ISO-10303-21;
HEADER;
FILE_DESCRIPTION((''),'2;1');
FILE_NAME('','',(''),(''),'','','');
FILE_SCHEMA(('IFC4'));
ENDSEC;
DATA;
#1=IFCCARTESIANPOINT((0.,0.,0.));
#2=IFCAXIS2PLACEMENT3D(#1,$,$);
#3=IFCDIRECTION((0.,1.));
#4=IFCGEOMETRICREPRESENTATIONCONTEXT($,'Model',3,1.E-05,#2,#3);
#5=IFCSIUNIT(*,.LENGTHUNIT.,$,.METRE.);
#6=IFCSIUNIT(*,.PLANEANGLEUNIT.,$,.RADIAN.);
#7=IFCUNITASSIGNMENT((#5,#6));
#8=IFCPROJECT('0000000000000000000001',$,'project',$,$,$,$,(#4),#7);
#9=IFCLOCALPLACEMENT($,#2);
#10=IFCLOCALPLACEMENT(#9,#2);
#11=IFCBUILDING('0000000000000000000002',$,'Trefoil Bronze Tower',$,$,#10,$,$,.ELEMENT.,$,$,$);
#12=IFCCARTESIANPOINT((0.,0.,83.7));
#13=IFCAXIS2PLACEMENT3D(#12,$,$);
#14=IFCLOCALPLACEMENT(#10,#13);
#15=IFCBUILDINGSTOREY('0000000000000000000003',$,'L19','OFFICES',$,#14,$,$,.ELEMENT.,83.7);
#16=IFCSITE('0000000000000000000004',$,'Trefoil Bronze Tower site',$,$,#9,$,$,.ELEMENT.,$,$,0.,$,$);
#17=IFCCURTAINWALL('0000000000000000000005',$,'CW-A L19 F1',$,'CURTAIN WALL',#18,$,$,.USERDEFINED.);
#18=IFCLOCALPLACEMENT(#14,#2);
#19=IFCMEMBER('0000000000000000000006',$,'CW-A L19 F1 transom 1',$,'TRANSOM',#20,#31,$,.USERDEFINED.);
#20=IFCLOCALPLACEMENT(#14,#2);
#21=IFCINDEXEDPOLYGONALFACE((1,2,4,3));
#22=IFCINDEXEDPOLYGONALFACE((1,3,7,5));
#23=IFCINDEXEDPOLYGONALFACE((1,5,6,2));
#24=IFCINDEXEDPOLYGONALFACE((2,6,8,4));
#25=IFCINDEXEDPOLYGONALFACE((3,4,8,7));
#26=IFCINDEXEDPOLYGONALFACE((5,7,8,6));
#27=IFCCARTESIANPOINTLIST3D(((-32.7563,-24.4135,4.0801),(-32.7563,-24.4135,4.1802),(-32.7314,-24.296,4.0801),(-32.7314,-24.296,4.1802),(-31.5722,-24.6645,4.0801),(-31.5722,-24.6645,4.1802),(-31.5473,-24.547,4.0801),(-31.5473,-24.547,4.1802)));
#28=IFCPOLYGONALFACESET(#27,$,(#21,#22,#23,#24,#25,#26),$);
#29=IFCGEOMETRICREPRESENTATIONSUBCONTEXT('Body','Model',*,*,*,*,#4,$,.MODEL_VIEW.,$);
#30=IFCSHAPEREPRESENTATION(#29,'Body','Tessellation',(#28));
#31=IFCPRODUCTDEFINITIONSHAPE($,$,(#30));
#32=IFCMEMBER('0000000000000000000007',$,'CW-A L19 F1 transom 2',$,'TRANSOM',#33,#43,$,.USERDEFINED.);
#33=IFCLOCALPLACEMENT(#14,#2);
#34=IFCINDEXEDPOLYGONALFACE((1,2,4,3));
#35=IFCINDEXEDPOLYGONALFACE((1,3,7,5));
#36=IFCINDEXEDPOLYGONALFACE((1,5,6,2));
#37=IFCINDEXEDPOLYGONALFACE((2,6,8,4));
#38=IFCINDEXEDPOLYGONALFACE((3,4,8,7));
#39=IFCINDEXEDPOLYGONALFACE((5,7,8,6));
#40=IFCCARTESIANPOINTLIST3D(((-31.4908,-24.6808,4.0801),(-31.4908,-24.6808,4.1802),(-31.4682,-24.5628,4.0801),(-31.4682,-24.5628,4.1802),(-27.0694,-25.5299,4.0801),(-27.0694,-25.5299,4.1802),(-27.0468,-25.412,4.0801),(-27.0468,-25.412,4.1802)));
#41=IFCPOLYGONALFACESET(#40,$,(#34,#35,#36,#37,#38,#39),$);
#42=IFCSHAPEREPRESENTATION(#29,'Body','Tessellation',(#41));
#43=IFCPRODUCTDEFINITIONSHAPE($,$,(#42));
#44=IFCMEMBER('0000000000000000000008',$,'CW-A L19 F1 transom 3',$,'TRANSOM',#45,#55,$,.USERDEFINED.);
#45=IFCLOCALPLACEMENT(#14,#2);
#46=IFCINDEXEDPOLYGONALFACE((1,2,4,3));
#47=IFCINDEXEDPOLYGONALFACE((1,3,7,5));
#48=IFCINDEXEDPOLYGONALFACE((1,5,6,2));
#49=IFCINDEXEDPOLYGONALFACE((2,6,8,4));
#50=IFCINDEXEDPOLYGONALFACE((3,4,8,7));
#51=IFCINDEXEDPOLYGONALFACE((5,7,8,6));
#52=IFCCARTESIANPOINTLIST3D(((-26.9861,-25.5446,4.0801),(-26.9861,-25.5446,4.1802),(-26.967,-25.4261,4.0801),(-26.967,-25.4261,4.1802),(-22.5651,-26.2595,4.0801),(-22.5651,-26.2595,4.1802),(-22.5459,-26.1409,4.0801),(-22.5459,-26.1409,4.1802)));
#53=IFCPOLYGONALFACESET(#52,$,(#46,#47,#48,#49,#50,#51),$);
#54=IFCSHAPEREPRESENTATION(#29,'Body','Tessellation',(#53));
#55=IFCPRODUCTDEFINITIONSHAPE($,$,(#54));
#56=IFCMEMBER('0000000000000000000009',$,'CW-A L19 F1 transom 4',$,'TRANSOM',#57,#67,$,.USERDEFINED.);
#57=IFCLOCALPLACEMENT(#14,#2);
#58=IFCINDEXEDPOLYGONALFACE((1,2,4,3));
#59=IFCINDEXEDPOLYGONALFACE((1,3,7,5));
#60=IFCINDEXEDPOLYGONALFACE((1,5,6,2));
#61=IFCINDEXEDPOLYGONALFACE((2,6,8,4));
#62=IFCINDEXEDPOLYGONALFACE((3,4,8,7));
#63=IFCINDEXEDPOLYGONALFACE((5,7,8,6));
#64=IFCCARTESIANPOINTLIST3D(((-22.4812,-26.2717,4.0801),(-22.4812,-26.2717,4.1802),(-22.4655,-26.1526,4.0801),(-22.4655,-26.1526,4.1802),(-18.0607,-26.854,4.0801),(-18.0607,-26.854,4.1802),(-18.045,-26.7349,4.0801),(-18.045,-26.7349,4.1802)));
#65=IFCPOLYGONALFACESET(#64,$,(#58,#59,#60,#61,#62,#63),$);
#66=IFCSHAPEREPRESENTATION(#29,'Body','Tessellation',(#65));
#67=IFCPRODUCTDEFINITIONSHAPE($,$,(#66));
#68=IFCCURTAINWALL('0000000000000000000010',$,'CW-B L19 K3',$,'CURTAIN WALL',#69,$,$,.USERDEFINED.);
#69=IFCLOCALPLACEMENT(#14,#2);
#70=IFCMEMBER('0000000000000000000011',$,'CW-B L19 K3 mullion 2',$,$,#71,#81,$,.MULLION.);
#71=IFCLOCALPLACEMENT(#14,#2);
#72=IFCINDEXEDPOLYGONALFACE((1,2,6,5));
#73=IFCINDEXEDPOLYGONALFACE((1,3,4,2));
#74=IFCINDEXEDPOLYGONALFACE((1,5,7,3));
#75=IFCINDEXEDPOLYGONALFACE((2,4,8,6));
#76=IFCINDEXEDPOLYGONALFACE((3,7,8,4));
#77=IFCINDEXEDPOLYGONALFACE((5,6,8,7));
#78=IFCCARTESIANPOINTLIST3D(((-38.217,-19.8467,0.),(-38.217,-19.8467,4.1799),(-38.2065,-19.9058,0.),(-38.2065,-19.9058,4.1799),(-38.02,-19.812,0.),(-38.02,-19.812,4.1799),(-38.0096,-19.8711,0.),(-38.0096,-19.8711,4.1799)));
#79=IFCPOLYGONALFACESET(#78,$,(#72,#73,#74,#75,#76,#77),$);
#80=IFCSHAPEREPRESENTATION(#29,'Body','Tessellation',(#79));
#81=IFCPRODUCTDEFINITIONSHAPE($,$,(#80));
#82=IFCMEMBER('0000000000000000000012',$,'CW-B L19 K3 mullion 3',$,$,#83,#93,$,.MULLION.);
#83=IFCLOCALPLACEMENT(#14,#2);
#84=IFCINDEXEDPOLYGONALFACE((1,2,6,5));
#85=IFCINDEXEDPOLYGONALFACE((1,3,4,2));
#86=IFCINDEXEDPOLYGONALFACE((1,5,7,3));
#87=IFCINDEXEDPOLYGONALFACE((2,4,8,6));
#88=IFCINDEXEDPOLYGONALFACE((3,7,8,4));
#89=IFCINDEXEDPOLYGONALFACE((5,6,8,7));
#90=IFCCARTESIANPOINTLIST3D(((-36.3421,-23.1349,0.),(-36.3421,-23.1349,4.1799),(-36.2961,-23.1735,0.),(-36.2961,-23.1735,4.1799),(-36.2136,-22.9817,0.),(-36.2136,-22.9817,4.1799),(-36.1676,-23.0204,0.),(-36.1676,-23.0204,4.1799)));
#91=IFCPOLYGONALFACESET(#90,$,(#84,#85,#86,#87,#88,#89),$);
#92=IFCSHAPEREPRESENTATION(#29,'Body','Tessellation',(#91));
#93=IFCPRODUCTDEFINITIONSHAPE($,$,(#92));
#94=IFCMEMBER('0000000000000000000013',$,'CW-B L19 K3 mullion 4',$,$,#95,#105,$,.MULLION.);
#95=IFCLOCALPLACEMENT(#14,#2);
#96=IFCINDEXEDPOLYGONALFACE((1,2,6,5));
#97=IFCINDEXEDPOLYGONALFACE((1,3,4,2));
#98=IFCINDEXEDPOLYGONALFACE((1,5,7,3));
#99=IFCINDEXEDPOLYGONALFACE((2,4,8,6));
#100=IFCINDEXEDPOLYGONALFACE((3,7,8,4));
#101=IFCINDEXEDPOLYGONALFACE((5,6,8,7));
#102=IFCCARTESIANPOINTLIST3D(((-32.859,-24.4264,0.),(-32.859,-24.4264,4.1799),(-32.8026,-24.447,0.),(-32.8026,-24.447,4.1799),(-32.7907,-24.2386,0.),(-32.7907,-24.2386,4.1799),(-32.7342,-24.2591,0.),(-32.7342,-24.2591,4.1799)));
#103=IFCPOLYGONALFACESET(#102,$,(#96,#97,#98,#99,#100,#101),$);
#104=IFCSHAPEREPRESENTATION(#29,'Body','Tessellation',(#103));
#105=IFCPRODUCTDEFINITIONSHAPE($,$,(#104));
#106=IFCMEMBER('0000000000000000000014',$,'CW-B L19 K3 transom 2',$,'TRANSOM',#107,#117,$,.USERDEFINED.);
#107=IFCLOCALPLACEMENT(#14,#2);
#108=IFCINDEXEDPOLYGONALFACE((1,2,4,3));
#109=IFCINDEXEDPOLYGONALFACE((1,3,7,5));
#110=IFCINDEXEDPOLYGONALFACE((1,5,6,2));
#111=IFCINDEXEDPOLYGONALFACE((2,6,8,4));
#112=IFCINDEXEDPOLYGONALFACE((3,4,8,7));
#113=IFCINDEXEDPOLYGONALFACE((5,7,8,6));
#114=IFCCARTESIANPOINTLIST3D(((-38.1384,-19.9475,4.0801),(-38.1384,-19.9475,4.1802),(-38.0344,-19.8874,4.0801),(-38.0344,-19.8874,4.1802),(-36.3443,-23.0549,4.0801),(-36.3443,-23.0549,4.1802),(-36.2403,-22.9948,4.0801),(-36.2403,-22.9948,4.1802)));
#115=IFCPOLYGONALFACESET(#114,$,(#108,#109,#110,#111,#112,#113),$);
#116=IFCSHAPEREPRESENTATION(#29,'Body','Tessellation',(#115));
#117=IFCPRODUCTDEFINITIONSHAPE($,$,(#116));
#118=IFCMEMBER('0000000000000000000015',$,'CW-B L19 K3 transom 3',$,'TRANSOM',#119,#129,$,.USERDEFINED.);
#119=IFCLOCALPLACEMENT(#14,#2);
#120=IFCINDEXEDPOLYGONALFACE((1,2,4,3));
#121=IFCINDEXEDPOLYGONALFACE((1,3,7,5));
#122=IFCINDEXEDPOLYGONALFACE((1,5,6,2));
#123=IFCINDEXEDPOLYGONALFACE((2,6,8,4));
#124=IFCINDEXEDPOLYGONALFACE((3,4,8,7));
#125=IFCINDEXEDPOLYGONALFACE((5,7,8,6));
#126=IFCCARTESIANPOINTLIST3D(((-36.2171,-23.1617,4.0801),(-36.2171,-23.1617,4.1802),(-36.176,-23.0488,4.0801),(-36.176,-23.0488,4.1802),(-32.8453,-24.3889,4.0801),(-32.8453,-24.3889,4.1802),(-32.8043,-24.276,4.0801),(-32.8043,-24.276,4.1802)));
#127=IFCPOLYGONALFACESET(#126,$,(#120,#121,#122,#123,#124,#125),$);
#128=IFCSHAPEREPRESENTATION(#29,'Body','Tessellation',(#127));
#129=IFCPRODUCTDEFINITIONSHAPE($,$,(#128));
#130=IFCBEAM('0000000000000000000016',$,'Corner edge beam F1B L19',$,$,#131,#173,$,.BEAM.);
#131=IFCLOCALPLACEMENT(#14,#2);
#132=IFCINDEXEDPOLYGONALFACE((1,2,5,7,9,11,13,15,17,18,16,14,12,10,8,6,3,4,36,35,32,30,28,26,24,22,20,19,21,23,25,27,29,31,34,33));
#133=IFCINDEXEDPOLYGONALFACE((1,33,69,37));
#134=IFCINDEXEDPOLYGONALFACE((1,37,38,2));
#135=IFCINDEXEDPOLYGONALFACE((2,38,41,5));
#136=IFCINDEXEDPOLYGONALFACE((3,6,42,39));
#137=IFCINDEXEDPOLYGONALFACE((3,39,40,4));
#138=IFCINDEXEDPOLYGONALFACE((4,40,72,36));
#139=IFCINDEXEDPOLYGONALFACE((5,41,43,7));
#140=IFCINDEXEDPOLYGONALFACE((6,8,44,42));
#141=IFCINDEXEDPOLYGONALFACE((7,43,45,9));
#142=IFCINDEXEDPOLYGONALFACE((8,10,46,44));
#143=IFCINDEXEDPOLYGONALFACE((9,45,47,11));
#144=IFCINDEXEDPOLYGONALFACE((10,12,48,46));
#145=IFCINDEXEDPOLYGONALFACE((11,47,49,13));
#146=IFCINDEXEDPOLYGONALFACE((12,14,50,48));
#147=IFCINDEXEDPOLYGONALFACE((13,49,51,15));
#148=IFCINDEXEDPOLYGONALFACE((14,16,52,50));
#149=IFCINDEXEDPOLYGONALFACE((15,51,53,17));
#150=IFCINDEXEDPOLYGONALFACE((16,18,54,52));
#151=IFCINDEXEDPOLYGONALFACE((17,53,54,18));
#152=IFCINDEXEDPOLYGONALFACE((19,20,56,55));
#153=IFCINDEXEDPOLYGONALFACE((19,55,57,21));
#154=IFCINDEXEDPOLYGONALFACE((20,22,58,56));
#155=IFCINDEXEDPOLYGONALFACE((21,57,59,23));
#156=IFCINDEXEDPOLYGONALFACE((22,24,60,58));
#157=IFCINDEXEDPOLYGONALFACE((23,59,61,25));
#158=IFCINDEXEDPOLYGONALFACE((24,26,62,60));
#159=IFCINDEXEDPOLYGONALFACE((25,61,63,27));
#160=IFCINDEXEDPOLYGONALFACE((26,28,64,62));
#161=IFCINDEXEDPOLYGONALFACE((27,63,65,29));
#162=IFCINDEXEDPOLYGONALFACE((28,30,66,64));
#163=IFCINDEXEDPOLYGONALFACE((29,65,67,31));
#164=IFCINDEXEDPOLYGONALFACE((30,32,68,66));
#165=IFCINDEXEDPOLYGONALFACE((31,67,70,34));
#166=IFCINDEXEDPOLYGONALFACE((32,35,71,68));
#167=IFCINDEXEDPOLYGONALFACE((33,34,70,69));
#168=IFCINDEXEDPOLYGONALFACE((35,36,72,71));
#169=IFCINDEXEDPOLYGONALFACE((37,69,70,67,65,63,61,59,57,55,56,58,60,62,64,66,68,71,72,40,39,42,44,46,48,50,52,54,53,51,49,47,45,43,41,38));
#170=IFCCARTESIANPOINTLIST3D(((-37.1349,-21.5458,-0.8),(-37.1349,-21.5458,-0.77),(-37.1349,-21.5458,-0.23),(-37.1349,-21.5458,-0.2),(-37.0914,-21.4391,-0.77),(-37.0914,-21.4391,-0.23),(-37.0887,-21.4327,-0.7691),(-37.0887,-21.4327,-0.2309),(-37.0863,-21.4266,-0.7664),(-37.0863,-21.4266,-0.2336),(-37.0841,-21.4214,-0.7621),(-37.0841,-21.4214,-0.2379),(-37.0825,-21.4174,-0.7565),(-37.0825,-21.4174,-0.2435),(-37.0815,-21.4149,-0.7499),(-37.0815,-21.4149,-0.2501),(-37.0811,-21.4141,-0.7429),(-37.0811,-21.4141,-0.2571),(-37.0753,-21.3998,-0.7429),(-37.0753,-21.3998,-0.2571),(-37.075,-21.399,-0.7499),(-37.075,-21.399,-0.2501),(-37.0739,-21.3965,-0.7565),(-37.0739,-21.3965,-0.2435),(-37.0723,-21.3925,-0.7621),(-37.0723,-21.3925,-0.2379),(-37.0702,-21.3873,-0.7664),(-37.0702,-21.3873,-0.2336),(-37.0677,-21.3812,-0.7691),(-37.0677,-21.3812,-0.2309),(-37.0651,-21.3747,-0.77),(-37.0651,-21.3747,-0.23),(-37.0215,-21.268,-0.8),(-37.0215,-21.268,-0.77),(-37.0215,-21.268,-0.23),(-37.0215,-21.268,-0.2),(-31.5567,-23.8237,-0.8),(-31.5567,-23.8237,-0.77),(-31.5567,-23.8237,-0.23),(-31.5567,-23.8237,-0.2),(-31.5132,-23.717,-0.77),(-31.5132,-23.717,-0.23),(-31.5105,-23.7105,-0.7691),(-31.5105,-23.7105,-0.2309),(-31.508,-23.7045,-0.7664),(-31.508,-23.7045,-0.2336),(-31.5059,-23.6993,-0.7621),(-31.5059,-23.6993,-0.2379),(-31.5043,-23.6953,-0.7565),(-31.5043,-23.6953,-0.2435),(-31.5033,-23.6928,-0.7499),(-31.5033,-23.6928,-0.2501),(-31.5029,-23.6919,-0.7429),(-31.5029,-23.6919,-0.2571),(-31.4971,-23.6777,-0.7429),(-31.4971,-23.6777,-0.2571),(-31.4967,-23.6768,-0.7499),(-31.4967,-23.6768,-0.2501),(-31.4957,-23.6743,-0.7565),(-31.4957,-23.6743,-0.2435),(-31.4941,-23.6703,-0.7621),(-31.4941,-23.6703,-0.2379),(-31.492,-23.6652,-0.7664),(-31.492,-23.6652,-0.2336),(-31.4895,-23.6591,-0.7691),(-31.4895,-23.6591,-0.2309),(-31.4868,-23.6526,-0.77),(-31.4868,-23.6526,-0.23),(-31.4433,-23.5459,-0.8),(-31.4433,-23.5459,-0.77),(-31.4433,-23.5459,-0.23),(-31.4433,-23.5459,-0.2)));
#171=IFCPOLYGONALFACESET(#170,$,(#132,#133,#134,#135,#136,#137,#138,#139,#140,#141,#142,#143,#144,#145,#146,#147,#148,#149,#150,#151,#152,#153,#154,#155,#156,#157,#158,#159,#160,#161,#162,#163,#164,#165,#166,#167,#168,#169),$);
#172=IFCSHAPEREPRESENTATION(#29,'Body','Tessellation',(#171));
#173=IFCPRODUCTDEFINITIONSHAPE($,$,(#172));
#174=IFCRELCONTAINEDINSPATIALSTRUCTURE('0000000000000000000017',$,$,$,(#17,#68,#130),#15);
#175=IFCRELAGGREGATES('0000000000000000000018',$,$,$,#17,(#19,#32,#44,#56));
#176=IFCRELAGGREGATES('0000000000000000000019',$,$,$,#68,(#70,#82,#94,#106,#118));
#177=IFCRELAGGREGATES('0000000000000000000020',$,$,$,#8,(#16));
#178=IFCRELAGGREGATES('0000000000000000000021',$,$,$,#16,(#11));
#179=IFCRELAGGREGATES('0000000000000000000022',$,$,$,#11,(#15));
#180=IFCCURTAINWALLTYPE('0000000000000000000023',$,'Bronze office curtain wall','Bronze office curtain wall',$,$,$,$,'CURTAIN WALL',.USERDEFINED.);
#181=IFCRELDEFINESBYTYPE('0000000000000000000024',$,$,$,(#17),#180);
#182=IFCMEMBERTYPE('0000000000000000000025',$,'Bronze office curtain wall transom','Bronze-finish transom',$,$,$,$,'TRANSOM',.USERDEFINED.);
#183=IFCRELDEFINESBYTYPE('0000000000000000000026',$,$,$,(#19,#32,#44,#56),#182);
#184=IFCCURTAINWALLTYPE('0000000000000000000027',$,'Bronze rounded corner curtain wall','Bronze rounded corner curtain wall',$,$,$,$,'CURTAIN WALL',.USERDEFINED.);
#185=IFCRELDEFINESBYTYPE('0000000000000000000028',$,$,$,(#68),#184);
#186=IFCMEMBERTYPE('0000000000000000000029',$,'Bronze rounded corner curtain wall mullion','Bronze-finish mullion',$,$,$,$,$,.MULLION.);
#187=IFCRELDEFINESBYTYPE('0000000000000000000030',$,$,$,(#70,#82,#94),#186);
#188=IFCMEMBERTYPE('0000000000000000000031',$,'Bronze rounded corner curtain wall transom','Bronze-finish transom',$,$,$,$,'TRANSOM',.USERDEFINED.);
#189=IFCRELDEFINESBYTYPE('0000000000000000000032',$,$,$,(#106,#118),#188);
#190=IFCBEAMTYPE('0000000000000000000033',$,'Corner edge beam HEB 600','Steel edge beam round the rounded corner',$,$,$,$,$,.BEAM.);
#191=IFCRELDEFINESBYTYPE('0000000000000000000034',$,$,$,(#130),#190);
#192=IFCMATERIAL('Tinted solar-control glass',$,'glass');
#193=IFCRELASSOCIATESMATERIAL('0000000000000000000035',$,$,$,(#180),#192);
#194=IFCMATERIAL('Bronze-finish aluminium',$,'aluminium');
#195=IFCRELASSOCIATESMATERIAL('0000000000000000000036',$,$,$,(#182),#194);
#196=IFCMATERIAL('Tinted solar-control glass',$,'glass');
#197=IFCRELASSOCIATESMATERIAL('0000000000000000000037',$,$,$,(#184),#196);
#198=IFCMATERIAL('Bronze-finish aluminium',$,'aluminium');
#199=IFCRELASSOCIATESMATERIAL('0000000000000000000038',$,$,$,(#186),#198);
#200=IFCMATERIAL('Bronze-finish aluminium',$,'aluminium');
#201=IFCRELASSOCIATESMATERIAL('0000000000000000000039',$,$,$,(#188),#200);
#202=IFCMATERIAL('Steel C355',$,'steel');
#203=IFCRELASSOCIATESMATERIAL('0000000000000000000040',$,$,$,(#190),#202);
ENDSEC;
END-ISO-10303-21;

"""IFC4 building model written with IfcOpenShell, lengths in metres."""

from ifc_helpers import new_model, si_unit, direction, frame, origin, origin_2d, place, context, subcontext, project, spatial, rectangle, i_section, extrude, material, material_profile, profile_set, type_object, element, aggregate, save


model = new_model("IFC4")

# Units and contexts
model_context = context("Model", 3, precision=1e-05, world=origin(), true_north=direction((0.0, 1.0)))
body_context = subcontext(model_context, "Body", "Model", "MODEL_VIEW")
ifc_project = project(units=[si_unit("LENGTHUNIT", "METRE"), si_unit("PLANEANGLEUNIT", "RADIAN")], contexts=[model_context])

# Site, building, storey
site_placement = place(None, origin())
site = spatial("IfcSite", under=ifc_project, at=site_placement, Name="Trefoil Bronze Tower site", CompositionType="ELEMENT", RefElevation=0.0)
building_placement = place(site_placement, origin())
building = spatial("IfcBuilding", under=site, at=building_placement, Name="Trefoil Bronze Tower", CompositionType="ELEMENT")
storey_placement = place(building_placement, frame((0.0, 0.0, 83.7)))
storey = spatial("IfcBuildingStorey", under=building, at=storey_placement, Name="L19", Description="OFFICES", CompositionType="ELEMENT", Elevation=83.7)

# Curtain walls, members
ifc_material_1 = material(Name="Tinted solar-control glass", Category="glass")
curtain_wall_type_1 = type_object("IfcCurtainWallType", Name="Bronze office curtain wall", Description="Bronze office curtain wall", ElementType="CURTAIN WALL", PredefinedType="USERDEFINED", material=ifc_material_1)
curtain_wall_1_placement = place(storey_placement, origin())
curtain_wall_1 = element("IfcCurtainWall", 1, at=curtain_wall_1_placement, inside=storey, type_object=curtain_wall_type_1, Name="CW-A L19 F1", ObjectType="CURTAIN WALL", PredefinedType="USERDEFINED")
ifc_material_2 = material(Name="Bronze-finish aluminium", Category="aluminium")
ifc_material_profile_1 = material_profile(ifc_material_2, rectangle(XDim=0.1201, YDim=0.1001, at=origin_2d()), Name="CW-A transom")
ifc_profile_set_1 = profile_set([ifc_material_profile_1], Name="Bronze-finish aluminium")
member_type_1 = type_object("IfcMemberType", Name="Bronze office curtain wall transom", Description="Bronze-finish transom", ElementType="TRANSOM", PredefinedType="USERDEFINED", material=ifc_profile_set_1)
member_1_placement = place(storey_placement, frame((-32.7439, -24.3547, 4.1301), z_axis=(0.978266, -0.207352, 0.0), x_axis=(0.207352, 0.978266, 0.0)))
member_1 = element("IfcMember", 2, at=member_1_placement, type_object=member_type_1, Name="CW-A L19 F1 transom 1", ObjectType="TRANSOM", PredefinedType="USERDEFINED", context=body_context, shape_type="SweptSolid", body=[
    extrude(rectangle(XDim=0.1201, YDim=0.1001, at=origin_2d()), origin(), (0.0, 0.0, 1.0), 1.2104),
])
member_2_placement = place(storey_placement, frame((-31.4795, -24.6218, 4.1301), z_axis=(0.982054, -0.188602, 0.0), x_axis=(0.188602, 0.982054, 0.0)))
member_2 = element("IfcMember", 3, at=member_2_placement, type_object=member_type_1, Name="CW-A L19 F1 transom 2", ObjectType="TRANSOM", PredefinedType="USERDEFINED", context=body_context, shape_type="SweptSolid", body=[
    extrude(rectangle(XDim=0.1201, YDim=0.1001, at=origin_2d()), origin(), (0.0, 0.0, 1.0), 4.5022),
])
member_3_placement = place(storey_placement, frame((-26.9766, -25.4854, 4.1301), z_axis=(0.987179, -0.159615, 0.0), x_axis=(0.159615, 0.987179, 0.0)))
member_3 = element("IfcMember", 4, at=member_3_placement, type_object=member_type_1, Name="CW-A L19 F1 transom 3", ObjectType="TRANSOM", PredefinedType="USERDEFINED", context=body_context, shape_type="SweptSolid", body=[
    extrude(rectangle(XDim=0.1201, YDim=0.1001, at=origin_2d()), origin(), (0.0, 0.0, 1.0), 4.4785),
])
member_4_placement = place(storey_placement, frame((-22.4734, -26.2122, 4.1301), z_axis=(0.991437, -0.130589, 0.0), x_axis=(0.130589, 0.991437, 0.0)))
member_4 = element("IfcMember", 5, at=member_4_placement, type_object=member_type_1, Name="CW-A L19 F1 transom 4", ObjectType="TRANSOM", PredefinedType="USERDEFINED", context=body_context, shape_type="SweptSolid", body=[
    extrude(rectangle(XDim=0.1201, YDim=0.1001, at=origin_2d()), origin(), (0.0, 0.0, 1.0), 4.4587),
])
ifc_material_3 = material(Name="Tinted solar-control glass", Category="glass")
curtain_wall_type_2 = type_object("IfcCurtainWallType", Name="Bronze rounded corner curtain wall", Description="Bronze rounded corner curtain wall", ElementType="CURTAIN WALL", PredefinedType="USERDEFINED", material=ifc_material_3)
curtain_wall_2_placement = place(storey_placement, origin())
curtain_wall_2 = element("IfcCurtainWall", 6, at=curtain_wall_2_placement, inside=storey, type_object=curtain_wall_type_2, Name="CW-B L19 K3", ObjectType="CURTAIN WALL", PredefinedType="USERDEFINED")
ifc_material_4 = material(Name="Bronze-finish aluminium", Category="aluminium")
ifc_material_profile_2 = material_profile(ifc_material_4, rectangle(XDim=0.2, YDim=0.0601, at=origin_2d()), Name="CW-B mullion")
ifc_profile_set_2 = profile_set([ifc_material_profile_2], Name="Bronze-finish aluminium")
member_type_2 = type_object("IfcMemberType", Name="Bronze rounded corner curtain wall mullion", Description="Bronze-finish mullion", PredefinedType="MULLION", material=ifc_profile_set_2)
member_5_placement = place(storey_placement, frame((-38.1133, -19.8589, 0.0), z_axis=(0.0, 0.0, 1.0), x_axis=(0.984808, 0.173648, 0.0)))
member_5 = element("IfcMember", 7, at=member_5_placement, type_object=member_type_2, Name="CW-B L19 K3 mullion 2", PredefinedType="MULLION", context=body_context, shape_type="SweptSolid", body=[
    extrude(rectangle(XDim=0.2, YDim=0.0601, at=origin_2d()), origin(), (0.0, 0.0, 1.0), 4.1799),
])
member_6_placement = place(storey_placement, frame((-36.2549, -23.0776, 0.0), z_axis=(0.0, 0.0, 1.0), x_axis=(0.642788, 0.766044, 0.0)))
member_6 = element("IfcMember", 8, at=member_6_placement, type_object=member_type_2, Name="CW-B L19 K3 mullion 3", PredefinedType="MULLION", context=body_context, shape_type="SweptSolid", body=[
    extrude(rectangle(XDim=0.2, YDim=0.0601, at=origin_2d()), origin(), (0.0, 0.0, 1.0), 4.1799),
])
member_7_placement = place(storey_placement, frame((-32.7966, -24.3428, 0.0), z_axis=(0.0, 0.0, 1.0), x_axis=(0.34202, 0.939693, 0.0)))
member_7 = element("IfcMember", 9, at=member_7_placement, type_object=member_type_2, Name="CW-B L19 K3 mullion 4", PredefinedType="MULLION", context=body_context, shape_type="SweptSolid", body=[
    extrude(rectangle(XDim=0.2, YDim=0.0601, at=origin_2d()), origin(), (0.0, 0.0, 1.0), 4.1799),
])
ifc_material_5 = material(Name="Bronze-finish aluminium", Category="aluminium")
ifc_material_profile_3 = material_profile(ifc_material_5, rectangle(XDim=0.1201, YDim=0.1001, at=origin_2d()), Name="CW-B transom")
ifc_profile_set_3 = profile_set([ifc_material_profile_3], Name="Bronze-finish aluminium")
member_type_3 = type_object("IfcMemberType", Name="Bronze rounded corner curtain wall transom", Description="Bronze-finish transom", ElementType="TRANSOM", PredefinedType="USERDEFINED", material=ifc_profile_set_3)
member_8_placement = place(storey_placement, frame((-38.0864, -19.9175, 4.1301), z_axis=(0.500025, -0.866011, 0.0), x_axis=(0.866011, 0.500025, 0.0)))
member_8 = element("IfcMember", 10, at=member_8_placement, type_object=member_type_3, Name="CW-B L19 K3 transom 2", ObjectType="TRANSOM", PredefinedType="USERDEFINED", context=body_context, shape_type="SweptSolid", body=[
    extrude(rectangle(XDim=0.1201, YDim=0.1001, at=origin_2d()), origin(), (0.0, 0.0, 1.0), 3.5881),
])
member_9_placement = place(storey_placement, frame((-36.1965, -23.1052, 4.1301), z_axis=(0.939688, -0.342033, 0.0), x_axis=(0.342033, 0.939688, 0.0)))
member_9 = element("IfcMember", 11, at=member_9_placement, type_object=member_type_3, Name="CW-B L19 K3 transom 3", ObjectType="TRANSOM", PredefinedType="USERDEFINED", context=body_context, shape_type="SweptSolid", body=[
    extrude(rectangle(XDim=0.1201, YDim=0.1001, at=origin_2d()), origin(), (0.0, 0.0, 1.0), 3.5881),
])

# Beam
ifc_material_6 = material(Name="Steel C355", Category="steel")
ifc_material_profile_4 = material_profile(ifc_material_6, i_section(OverallWidth=0.3, OverallDepth=0.6001, WebThickness=0.0154, FlangeThickness=0.03, FilletRadius=0.0271, at=origin_2d()), Name="HEB 600")
ifc_profile_set_4 = profile_set([ifc_material_profile_4], Name="Steel C355")
beam_type_1 = type_object("IfcBeamType", Name="Corner edge beam HEB 600", Description="Steel edge beam round the rounded corner", PredefinedType="BEAM", material=ifc_profile_set_4)
beam_1_placement = place(storey_placement, frame((-31.5, -23.6848, -0.5), z_axis=(-0.925787, 0.378046, 0.0), x_axis=(-0.378046, -0.925787, 0.0)))
element("IfcBeam", 12, at=beam_1_placement, inside=storey, type_object=beam_type_1, Name="Corner edge beam F1B L19", PredefinedType="BEAM", context=body_context, shape_type="SweptSolid", body=[
    extrude(i_section(OverallWidth=0.3, OverallDepth=0.6001, WebThickness=0.0154, FlangeThickness=0.03, FilletRadius=0.0271, at=origin_2d()), origin(), (0.0, 0.0, 1.0), 6.0254),
])

aggregate(curtain_wall_1, [member_1, member_2, member_3, member_4])
aggregate(curtain_wall_2, [member_5, member_6, member_7, member_8, member_9])

save(model, "model.ifc")
